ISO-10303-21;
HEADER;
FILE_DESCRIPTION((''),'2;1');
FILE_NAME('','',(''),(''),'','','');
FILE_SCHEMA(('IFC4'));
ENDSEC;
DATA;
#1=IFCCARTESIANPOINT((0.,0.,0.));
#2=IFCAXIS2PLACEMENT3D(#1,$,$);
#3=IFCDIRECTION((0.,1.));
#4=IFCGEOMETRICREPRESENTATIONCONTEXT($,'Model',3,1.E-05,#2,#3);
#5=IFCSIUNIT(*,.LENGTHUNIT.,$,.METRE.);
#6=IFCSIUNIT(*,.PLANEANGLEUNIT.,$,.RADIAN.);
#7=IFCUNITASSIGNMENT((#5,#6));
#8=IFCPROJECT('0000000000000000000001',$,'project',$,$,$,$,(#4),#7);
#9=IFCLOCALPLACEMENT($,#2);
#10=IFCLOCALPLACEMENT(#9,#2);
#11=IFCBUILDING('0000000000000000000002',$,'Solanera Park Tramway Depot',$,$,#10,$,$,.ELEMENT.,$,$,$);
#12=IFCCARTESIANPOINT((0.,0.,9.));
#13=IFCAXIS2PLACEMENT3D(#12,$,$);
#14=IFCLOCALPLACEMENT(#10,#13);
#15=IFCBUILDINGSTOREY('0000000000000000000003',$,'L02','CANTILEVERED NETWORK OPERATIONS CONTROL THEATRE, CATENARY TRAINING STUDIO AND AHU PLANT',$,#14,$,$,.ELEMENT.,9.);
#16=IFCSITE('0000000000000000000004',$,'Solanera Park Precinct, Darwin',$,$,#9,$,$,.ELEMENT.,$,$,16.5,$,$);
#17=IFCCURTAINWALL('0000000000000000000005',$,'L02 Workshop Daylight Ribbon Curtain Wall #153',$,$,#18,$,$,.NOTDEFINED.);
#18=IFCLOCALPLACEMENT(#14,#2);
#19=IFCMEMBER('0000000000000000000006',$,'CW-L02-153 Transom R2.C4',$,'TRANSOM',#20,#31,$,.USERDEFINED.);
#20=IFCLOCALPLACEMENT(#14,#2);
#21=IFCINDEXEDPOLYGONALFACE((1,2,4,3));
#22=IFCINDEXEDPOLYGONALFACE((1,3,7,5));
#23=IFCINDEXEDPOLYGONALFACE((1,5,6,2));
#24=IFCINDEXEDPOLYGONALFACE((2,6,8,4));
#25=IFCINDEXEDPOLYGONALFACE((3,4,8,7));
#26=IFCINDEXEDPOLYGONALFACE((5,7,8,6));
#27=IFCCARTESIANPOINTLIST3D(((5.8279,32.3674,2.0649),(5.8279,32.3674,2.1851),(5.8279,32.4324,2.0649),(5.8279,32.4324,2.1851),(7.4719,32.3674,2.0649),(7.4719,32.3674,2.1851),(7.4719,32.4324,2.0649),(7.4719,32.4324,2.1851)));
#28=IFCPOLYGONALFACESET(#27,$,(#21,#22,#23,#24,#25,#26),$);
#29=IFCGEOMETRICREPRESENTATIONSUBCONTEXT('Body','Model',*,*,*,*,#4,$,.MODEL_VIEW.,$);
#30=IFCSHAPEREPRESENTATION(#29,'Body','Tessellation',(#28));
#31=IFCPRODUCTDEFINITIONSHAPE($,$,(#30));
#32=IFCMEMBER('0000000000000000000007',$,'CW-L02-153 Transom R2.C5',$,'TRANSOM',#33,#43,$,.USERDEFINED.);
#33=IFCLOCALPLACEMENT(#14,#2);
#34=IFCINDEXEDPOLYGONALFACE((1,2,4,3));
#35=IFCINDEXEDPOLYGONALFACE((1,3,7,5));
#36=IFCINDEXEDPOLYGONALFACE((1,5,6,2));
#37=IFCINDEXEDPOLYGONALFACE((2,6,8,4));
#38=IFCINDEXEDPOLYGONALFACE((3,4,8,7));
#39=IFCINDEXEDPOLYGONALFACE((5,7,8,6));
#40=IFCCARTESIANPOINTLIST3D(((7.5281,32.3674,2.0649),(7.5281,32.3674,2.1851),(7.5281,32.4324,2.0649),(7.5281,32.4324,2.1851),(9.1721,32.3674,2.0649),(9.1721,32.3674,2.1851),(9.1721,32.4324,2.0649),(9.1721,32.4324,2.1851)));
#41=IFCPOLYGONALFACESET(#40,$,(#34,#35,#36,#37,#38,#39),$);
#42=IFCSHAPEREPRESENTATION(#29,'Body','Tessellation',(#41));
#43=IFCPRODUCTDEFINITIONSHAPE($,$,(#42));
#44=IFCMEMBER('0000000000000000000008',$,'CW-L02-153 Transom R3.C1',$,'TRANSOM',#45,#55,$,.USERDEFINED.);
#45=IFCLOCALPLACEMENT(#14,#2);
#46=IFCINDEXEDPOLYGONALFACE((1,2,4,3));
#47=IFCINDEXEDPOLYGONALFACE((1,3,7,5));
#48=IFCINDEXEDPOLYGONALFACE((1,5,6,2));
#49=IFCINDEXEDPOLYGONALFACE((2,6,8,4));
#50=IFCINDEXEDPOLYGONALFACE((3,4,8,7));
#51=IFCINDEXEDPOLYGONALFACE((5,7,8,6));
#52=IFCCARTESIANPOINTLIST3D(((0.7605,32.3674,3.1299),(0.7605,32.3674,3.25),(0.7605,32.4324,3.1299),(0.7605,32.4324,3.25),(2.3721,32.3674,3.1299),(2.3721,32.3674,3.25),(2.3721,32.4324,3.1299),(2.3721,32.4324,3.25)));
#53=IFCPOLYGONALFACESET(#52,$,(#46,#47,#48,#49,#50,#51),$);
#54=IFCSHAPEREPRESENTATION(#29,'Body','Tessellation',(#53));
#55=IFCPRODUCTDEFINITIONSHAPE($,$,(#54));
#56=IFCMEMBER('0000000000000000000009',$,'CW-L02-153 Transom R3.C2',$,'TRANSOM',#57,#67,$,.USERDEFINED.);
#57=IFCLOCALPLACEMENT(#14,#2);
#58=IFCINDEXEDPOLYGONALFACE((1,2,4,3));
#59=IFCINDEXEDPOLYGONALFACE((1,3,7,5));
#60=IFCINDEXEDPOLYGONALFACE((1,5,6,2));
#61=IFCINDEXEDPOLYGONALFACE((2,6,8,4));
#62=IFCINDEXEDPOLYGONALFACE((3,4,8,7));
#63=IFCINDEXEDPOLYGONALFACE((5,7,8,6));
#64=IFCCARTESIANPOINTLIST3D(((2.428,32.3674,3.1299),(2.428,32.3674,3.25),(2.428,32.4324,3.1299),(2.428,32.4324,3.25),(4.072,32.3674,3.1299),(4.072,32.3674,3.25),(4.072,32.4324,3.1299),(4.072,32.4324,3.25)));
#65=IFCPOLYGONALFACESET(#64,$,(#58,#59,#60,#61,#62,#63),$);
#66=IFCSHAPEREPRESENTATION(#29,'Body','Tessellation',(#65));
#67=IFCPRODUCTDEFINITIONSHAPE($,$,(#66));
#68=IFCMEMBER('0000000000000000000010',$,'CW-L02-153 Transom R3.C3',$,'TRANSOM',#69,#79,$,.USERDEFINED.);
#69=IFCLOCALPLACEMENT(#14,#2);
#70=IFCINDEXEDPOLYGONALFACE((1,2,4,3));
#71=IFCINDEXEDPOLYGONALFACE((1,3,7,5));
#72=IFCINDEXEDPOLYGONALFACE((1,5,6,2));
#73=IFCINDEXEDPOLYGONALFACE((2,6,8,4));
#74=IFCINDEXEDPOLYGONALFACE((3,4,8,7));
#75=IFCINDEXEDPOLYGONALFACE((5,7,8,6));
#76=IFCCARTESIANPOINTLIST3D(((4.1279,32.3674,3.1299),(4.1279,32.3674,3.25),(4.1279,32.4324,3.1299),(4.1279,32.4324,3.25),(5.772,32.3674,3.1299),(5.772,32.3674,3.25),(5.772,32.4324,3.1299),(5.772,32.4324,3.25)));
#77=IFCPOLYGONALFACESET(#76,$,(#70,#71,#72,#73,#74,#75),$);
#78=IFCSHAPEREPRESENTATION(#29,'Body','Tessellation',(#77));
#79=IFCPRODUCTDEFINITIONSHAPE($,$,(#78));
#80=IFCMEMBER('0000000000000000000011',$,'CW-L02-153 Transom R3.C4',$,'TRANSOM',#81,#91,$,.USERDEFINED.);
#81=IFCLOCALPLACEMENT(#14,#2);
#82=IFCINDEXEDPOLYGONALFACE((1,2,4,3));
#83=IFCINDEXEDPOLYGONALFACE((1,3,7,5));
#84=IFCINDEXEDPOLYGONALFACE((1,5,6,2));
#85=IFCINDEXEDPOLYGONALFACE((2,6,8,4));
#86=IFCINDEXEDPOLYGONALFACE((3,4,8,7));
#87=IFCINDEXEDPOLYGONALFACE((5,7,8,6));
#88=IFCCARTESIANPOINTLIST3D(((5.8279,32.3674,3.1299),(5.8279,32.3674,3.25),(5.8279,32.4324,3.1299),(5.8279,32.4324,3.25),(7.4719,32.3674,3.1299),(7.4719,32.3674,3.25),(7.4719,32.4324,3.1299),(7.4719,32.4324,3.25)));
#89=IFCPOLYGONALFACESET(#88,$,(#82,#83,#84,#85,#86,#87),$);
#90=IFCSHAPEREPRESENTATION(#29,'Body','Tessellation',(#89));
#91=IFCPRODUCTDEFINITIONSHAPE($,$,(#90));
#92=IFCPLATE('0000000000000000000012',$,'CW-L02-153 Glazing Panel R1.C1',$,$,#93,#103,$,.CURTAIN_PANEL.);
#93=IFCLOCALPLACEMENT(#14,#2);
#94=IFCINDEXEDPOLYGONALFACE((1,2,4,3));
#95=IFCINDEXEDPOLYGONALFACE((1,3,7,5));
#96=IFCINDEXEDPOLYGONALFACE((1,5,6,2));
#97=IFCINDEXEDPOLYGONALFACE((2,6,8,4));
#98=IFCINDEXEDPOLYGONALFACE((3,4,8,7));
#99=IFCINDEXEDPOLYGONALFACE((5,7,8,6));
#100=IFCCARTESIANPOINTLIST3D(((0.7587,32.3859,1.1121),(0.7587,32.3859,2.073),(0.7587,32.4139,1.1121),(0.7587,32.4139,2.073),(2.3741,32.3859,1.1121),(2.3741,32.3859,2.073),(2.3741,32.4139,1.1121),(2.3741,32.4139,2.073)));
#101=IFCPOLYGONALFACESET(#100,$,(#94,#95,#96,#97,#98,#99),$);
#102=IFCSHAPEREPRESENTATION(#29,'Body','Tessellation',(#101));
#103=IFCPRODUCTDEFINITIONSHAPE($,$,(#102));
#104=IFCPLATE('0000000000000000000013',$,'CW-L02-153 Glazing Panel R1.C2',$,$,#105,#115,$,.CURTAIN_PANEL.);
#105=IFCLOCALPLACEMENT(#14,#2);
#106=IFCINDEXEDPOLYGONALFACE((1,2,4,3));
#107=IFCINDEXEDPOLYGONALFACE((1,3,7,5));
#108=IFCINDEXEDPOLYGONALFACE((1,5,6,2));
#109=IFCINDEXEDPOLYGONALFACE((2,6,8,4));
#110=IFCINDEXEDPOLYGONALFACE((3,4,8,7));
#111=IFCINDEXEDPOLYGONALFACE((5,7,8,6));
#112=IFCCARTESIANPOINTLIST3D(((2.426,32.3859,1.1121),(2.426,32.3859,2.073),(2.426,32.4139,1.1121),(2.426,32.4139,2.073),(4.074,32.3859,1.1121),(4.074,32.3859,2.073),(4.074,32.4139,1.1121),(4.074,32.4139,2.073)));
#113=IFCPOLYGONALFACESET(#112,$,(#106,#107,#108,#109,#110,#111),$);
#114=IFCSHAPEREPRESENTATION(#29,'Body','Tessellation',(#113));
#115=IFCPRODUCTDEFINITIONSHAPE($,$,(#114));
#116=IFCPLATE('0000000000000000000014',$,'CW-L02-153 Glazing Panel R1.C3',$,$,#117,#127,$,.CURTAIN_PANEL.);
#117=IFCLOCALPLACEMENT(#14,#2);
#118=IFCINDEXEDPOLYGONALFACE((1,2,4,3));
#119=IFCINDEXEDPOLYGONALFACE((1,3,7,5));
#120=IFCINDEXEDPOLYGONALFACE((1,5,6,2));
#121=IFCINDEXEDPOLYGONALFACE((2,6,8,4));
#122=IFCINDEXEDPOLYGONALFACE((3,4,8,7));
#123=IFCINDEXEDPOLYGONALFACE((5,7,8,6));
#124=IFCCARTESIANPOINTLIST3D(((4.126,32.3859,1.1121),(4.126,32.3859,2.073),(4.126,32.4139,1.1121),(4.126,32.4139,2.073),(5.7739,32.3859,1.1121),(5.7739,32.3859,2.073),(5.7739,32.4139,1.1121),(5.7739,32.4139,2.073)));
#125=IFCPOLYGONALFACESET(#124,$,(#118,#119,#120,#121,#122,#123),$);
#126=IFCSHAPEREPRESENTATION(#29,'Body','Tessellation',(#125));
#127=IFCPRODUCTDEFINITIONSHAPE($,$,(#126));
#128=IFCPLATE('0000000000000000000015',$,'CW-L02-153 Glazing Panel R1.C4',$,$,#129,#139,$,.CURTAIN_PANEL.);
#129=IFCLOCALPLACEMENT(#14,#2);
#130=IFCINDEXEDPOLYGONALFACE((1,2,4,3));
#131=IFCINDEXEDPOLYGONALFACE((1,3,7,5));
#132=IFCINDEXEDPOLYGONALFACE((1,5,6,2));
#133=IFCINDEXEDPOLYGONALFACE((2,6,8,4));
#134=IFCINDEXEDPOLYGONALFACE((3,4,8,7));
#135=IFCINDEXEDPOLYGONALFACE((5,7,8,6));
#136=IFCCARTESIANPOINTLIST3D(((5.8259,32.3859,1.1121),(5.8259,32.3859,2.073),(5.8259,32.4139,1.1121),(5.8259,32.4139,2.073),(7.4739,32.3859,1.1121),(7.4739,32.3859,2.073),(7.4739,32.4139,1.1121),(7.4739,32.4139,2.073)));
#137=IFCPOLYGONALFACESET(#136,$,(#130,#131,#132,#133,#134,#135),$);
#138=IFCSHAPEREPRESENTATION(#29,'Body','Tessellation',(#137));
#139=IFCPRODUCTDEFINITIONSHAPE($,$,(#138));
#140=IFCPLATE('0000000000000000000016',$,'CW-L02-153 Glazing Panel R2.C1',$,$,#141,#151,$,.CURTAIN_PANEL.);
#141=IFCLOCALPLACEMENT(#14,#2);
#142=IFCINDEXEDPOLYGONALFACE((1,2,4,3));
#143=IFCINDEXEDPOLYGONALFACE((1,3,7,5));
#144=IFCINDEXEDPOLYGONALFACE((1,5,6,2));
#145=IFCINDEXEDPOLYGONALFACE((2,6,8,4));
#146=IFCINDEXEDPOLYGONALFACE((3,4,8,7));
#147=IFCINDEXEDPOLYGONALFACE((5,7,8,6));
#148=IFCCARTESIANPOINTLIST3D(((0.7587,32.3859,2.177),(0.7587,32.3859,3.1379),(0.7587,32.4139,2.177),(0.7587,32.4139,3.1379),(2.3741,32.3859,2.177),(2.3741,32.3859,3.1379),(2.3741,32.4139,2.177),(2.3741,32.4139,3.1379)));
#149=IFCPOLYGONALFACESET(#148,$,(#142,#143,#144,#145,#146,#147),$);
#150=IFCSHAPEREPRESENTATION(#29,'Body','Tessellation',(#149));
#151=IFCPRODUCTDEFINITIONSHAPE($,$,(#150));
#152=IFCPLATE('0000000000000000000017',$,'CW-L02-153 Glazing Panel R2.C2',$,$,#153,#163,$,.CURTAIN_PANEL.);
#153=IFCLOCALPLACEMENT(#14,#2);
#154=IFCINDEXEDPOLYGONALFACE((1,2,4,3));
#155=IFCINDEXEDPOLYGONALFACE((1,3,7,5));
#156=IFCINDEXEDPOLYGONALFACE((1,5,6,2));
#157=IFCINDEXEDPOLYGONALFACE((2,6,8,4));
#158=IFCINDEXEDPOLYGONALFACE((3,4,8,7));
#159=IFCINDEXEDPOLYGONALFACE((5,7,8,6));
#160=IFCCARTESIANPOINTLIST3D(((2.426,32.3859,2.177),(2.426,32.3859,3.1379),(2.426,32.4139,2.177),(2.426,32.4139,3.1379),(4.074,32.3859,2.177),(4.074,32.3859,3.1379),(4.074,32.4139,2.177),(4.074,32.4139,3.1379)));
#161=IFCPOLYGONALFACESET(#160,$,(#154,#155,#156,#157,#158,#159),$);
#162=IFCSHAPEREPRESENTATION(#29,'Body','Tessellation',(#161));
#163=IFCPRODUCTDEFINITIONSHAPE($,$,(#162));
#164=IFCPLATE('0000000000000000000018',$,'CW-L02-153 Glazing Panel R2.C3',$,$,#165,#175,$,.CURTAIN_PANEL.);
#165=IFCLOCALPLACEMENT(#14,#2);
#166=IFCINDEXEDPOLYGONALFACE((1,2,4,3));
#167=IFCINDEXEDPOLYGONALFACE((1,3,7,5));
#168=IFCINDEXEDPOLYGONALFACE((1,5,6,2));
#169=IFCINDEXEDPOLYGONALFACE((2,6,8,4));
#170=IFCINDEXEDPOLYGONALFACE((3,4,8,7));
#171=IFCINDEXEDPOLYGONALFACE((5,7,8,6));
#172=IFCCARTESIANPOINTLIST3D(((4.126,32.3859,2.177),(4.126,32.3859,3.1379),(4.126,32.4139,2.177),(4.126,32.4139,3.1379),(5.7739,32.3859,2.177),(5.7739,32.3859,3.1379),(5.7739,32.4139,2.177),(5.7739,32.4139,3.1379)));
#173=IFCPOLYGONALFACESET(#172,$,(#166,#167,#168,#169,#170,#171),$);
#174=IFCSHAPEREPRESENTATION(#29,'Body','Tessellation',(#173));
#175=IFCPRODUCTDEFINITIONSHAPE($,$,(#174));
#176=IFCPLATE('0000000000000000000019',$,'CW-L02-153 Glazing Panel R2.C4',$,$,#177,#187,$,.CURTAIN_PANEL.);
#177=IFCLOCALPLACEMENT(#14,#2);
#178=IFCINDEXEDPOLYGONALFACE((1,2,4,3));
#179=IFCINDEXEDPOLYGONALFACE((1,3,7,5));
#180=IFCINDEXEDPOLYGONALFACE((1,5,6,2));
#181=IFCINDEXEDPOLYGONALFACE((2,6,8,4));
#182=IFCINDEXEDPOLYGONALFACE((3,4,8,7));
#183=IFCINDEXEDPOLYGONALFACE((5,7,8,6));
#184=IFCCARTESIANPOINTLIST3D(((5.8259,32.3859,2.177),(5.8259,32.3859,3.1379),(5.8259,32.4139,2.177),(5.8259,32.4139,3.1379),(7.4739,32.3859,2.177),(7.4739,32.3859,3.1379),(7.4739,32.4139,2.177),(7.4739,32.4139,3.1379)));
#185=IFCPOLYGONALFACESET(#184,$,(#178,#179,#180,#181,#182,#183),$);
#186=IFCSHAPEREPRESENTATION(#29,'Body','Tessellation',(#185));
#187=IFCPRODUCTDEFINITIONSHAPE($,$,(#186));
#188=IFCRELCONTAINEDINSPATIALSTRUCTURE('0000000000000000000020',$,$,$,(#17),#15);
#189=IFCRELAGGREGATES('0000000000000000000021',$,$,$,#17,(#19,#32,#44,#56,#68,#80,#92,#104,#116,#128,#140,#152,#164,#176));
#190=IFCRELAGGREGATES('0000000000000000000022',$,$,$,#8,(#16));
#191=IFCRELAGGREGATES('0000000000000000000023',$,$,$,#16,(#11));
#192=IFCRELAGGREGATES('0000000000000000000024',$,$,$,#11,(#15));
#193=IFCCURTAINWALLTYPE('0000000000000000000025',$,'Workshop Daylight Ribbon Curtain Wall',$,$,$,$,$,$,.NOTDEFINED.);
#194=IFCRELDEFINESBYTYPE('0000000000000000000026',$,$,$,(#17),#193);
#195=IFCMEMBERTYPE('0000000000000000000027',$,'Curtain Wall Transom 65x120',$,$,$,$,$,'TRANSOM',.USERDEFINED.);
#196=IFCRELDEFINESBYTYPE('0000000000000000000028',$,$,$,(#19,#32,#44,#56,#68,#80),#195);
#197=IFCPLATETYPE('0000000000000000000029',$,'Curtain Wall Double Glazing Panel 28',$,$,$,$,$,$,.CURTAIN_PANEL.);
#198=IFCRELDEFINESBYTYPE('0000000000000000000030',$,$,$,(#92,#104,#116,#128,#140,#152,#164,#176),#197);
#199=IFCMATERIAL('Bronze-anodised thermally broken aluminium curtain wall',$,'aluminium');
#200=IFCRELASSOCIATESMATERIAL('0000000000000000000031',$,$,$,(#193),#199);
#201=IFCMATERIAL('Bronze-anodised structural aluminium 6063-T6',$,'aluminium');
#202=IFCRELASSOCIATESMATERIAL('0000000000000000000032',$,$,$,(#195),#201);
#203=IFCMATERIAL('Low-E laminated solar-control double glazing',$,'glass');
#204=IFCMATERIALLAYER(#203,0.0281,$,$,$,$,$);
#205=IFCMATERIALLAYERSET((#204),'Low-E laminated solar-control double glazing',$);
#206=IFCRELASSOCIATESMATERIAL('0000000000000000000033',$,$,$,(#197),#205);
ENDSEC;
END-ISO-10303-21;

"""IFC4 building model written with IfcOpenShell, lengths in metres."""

from ifc_helpers import new_model, si_unit, direction, frame, origin, origin_2d, place, context, subcontext, project, spatial, rectangle, extrude, material, layer, layer_set, material_profile, profile_set, type_object, element, aggregate, save


model = new_model("IFC4")

# Units and contexts
model_context = context("Model", 3, precision=1e-05, world=origin(), true_north=direction((0.0, 1.0)))
body_context = subcontext(model_context, "Body", "Model", "MODEL_VIEW")
ifc_project = project(units=[si_unit("LENGTHUNIT", "METRE"), si_unit("PLANEANGLEUNIT", "RADIAN")], contexts=[model_context])

# Site, building, storey
site_placement = place(None, origin())
site = spatial("IfcSite", under=ifc_project, at=site_placement, Name="Solanera Park Precinct, Darwin", CompositionType="ELEMENT", RefElevation=16.5)
building_placement = place(site_placement, origin())
building = spatial("IfcBuilding", under=site, at=building_placement, Name="Solanera Park Tramway Depot", CompositionType="ELEMENT")
storey_placement = place(building_placement, frame((0.0, 0.0, 9.0)))
storey = spatial("IfcBuildingStorey", under=building, at=storey_placement, Name="L02", Description="CANTILEVERED NETWORK OPERATIONS CONTROL THEATRE, CATENARY TRAINING STUDIO AND AHU PLANT", CompositionType="ELEMENT", Elevation=9.0)

# Curtain wall, members, plates
ifc_material_1 = material(Name="Bronze-anodised thermally broken aluminium curtain wall", Category="aluminium")
curtain_wall_type = type_object("IfcCurtainWallType", Name="Workshop Daylight Ribbon Curtain Wall", PredefinedType="NOTDEFINED", material=ifc_material_1)
curtain_wall_placement = place(storey_placement, origin())
curtain_wall = element("IfcCurtainWall", 1, at=curtain_wall_placement, inside=storey, type_object=curtain_wall_type, Name="L02 Workshop Daylight Ribbon Curtain Wall #153", PredefinedType="NOTDEFINED")
ifc_material_2 = material(Name="Bronze-anodised structural aluminium 6063-T6", Category="aluminium")
ifc_material_profile_1 = material_profile(ifc_material_2, rectangle(XDim=0.0649, YDim=0.1201, at=origin_2d()), Name="Curtain Wall Transom 65x120")
ifc_profile_set_1 = profile_set([ifc_material_profile_1], Name="Bronze-anodised structural aluminium 6063-T6")
member_type_1 = type_object("IfcMemberType", Name="Curtain Wall Transom 65x120", ElementType="TRANSOM", PredefinedType="USERDEFINED", material=ifc_profile_set_1)
member_1_placement = place(storey_placement, frame((5.8279, 32.3999, 2.125), z_axis=(1.0, 0.0, 0.0), x_axis=(0.0, 1.0, 0.0)))
member_1 = element("IfcMember", 2, at=member_1_placement, type_object=member_type_1, Name="CW-L02-153 Transom R2.C4", ObjectType="TRANSOM", PredefinedType="USERDEFINED", context=body_context, shape_type="SweptSolid", body=[
    extrude(rectangle(XDim=0.0649, YDim=0.1201, at=origin_2d()), origin(), (0.0, 0.0, 1.0), 1.644),
])
member_2_placement = place(storey_placement, frame((7.5281, 32.3999, 2.125), z_axis=(1.0, 0.0, 0.0), x_axis=(0.0, 1.0, 0.0)))
member_2 = element("IfcMember", 3, at=member_2_placement, type_object=member_type_1, Name="CW-L02-153 Transom R2.C5", ObjectType="TRANSOM", PredefinedType="USERDEFINED", context=body_context, shape_type="SweptSolid", body=[
    extrude(rectangle(XDim=0.0649, YDim=0.1201, at=origin_2d()), origin(), (0.0, 0.0, 1.0), 1.644),
])
member_3_placement = place(storey_placement, frame((0.7605, 32.3999, 3.1899), z_axis=(1.0, 0.0, 0.0), x_axis=(0.0, 1.0, 0.0)))
member_3 = element("IfcMember", 4, at=member_3_placement, type_object=member_type_1, Name="CW-L02-153 Transom R3.C1", ObjectType="TRANSOM", PredefinedType="USERDEFINED", context=body_context, shape_type="SweptSolid", body=[
    extrude(rectangle(XDim=0.0649, YDim=0.1201, at=origin_2d()), origin(), (0.0, 0.0, 1.0), 1.6116),
])
member_4_placement = place(storey_placement, frame((2.428, 32.3999, 3.1899), z_axis=(1.0, 0.0, 0.0), x_axis=(0.0, 1.0, 0.0)))
member_4 = element("IfcMember", 5, at=member_4_placement, type_object=member_type_1, Name="CW-L02-153 Transom R3.C2", ObjectType="TRANSOM", PredefinedType="USERDEFINED", context=body_context, shape_type="SweptSolid", body=[
    extrude(rectangle(XDim=0.0649, YDim=0.1201, at=origin_2d()), origin(), (0.0, 0.0, 1.0), 1.644),
])
member_5_placement = place(storey_placement, frame((4.1279, 32.3999, 3.1899), z_axis=(1.0, 0.0, 0.0), x_axis=(0.0, 1.0, 0.0)))
member_5 = element("IfcMember", 6, at=member_5_placement, type_object=member_type_1, Name="CW-L02-153 Transom R3.C3", ObjectType="TRANSOM", PredefinedType="USERDEFINED", context=body_context, shape_type="SweptSolid", body=[
    extrude(rectangle(XDim=0.0649, YDim=0.1201, at=origin_2d()), origin(), (0.0, 0.0, 1.0), 1.644),
])
member_6_placement = place(storey_placement, frame((5.8279, 32.3999, 3.1899), z_axis=(1.0, 0.0, 0.0), x_axis=(0.0, 1.0, 0.0)))
member_6 = element("IfcMember", 7, at=member_6_placement, type_object=member_type_1, Name="CW-L02-153 Transom R3.C4", ObjectType="TRANSOM", PredefinedType="USERDEFINED", context=body_context, shape_type="SweptSolid", body=[
    extrude(rectangle(XDim=0.0649, YDim=0.1201, at=origin_2d()), origin(), (0.0, 0.0, 1.0), 1.644),
])
ifc_material_3 = material(Name="Low-E laminated solar-control double glazing", Category="glass")
ifc_layer_1 = layer(ifc_material_3, 0.0281)
ifc_layer_set_1 = layer_set([ifc_layer_1], Name="Low-E laminated solar-control double glazing")
plate_type = type_object("IfcPlateType", Name="Curtain Wall Double Glazing Panel 28", PredefinedType="CURTAIN_PANEL", material=ifc_layer_set_1)
plate_1_placement = place(storey_placement, frame((1.5664, 32.3999, 1.1121), z_axis=(0.0, 0.0, 1.0), x_axis=(1.0, 0.0, 0.0)))
plate_1 = element("IfcPlate", 8, at=plate_1_placement, type_object=plate_type, Name="CW-L02-153 Glazing Panel R1.C1", PredefinedType="CURTAIN_PANEL", context=body_context, shape_type="SweptSolid", body=[
    extrude(rectangle(XDim=1.6155, YDim=0.0281, at=origin_2d()), origin(), (0.0, 0.0, 1.0), 0.9609),
])
plate_2_placement = place(storey_placement, frame((3.25, 32.3999, 1.1121), z_axis=(0.0, 0.0, 1.0), x_axis=(1.0, 0.0, 0.0)))
plate_2 = element("IfcPlate", 9, at=plate_2_placement, type_object=plate_type, Name="CW-L02-153 Glazing Panel R1.C2", PredefinedType="CURTAIN_PANEL", context=body_context, shape_type="SweptSolid", body=[
    extrude(rectangle(XDim=1.6479, YDim=0.0281, at=origin_2d()), origin(), (0.0, 0.0, 1.0), 0.9609),
])
plate_3_placement = place(storey_placement, frame((4.95, 32.3999, 1.1121), z_axis=(0.0, 0.0, 1.0), x_axis=(1.0, 0.0, 0.0)))
plate_3 = element("IfcPlate", 10, at=plate_3_placement, type_object=plate_type, Name="CW-L02-153 Glazing Panel R1.C3", PredefinedType="CURTAIN_PANEL", context=body_context, shape_type="SweptSolid", body=[
    extrude(rectangle(XDim=1.6479, YDim=0.0281, at=origin_2d()), origin(), (0.0, 0.0, 1.0), 0.9609),
])
plate_4_placement = place(storey_placement, frame((6.6499, 32.3999, 1.1121), z_axis=(0.0, 0.0, 1.0), x_axis=(1.0, 0.0, 0.0)))
plate_4 = element("IfcPlate", 11, at=plate_4_placement, type_object=plate_type, Name="CW-L02-153 Glazing Panel R1.C4", PredefinedType="CURTAIN_PANEL", context=body_context, shape_type="SweptSolid", body=[
    extrude(rectangle(XDim=1.6479, YDim=0.0281, at=origin_2d()), origin(), (0.0, 0.0, 1.0), 0.9609),
])
plate_5_placement = place(storey_placement, frame((1.5664, 32.3999, 2.177), z_axis=(0.0, 0.0, 1.0), x_axis=(1.0, 0.0, 0.0)))
plate_5 = element("IfcPlate", 12, at=plate_5_placement, type_object=plate_type, Name="CW-L02-153 Glazing Panel R2.C1", PredefinedType="CURTAIN_PANEL", context=body_context, shape_type="SweptSolid", body=[
    extrude(rectangle(XDim=1.6155, YDim=0.0281, at=origin_2d()), origin(), (0.0, 0.0, 1.0), 0.9609),
])
plate_6_placement = place(storey_placement, frame((3.25, 32.3999, 2.177), z_axis=(0.0, 0.0, 1.0), x_axis=(1.0, 0.0, 0.0)))
plate_6 = element("IfcPlate", 13, at=plate_6_placement, type_object=plate_type, Name="CW-L02-153 Glazing Panel R2.C2", PredefinedType="CURTAIN_PANEL", context=body_context, shape_type="SweptSolid", body=[
    extrude(rectangle(XDim=1.6479, YDim=0.0281, at=origin_2d()), origin(), (0.0, 0.0, 1.0), 0.9609),
])
plate_7_placement = place(storey_placement, frame((4.95, 32.3999, 2.177), z_axis=(0.0, 0.0, 1.0), x_axis=(1.0, 0.0, 0.0)))
plate_7 = element("IfcPlate", 14, at=plate_7_placement, type_object=plate_type, Name="CW-L02-153 Glazing Panel R2.C3", PredefinedType="CURTAIN_PANEL", context=body_context, shape_type="SweptSolid", body=[
    extrude(rectangle(XDim=1.6479, YDim=0.0281, at=origin_2d()), origin(), (0.0, 0.0, 1.0), 0.9609),
])
plate_8_placement = place(storey_placement, frame((6.6499, 32.3999, 2.177), z_axis=(0.0, 0.0, 1.0), x_axis=(1.0, 0.0, 0.0)))
plate_8 = element("IfcPlate", 15, at=plate_8_placement, type_object=plate_type, Name="CW-L02-153 Glazing Panel R2.C4", PredefinedType="CURTAIN_PANEL", context=body_context, shape_type="SweptSolid", body=[
    extrude(rectangle(XDim=1.6479, YDim=0.0281, at=origin_2d()), origin(), (0.0, 0.0, 1.0), 0.9609),
])
aggregate(curtain_wall, [member_1, member_2, member_3, member_4, member_5, member_6, plate_1, plate_2, plate_3, plate_4, plate_5, plate_6, plate_7, plate_8])

save(model, "model.ifc")
